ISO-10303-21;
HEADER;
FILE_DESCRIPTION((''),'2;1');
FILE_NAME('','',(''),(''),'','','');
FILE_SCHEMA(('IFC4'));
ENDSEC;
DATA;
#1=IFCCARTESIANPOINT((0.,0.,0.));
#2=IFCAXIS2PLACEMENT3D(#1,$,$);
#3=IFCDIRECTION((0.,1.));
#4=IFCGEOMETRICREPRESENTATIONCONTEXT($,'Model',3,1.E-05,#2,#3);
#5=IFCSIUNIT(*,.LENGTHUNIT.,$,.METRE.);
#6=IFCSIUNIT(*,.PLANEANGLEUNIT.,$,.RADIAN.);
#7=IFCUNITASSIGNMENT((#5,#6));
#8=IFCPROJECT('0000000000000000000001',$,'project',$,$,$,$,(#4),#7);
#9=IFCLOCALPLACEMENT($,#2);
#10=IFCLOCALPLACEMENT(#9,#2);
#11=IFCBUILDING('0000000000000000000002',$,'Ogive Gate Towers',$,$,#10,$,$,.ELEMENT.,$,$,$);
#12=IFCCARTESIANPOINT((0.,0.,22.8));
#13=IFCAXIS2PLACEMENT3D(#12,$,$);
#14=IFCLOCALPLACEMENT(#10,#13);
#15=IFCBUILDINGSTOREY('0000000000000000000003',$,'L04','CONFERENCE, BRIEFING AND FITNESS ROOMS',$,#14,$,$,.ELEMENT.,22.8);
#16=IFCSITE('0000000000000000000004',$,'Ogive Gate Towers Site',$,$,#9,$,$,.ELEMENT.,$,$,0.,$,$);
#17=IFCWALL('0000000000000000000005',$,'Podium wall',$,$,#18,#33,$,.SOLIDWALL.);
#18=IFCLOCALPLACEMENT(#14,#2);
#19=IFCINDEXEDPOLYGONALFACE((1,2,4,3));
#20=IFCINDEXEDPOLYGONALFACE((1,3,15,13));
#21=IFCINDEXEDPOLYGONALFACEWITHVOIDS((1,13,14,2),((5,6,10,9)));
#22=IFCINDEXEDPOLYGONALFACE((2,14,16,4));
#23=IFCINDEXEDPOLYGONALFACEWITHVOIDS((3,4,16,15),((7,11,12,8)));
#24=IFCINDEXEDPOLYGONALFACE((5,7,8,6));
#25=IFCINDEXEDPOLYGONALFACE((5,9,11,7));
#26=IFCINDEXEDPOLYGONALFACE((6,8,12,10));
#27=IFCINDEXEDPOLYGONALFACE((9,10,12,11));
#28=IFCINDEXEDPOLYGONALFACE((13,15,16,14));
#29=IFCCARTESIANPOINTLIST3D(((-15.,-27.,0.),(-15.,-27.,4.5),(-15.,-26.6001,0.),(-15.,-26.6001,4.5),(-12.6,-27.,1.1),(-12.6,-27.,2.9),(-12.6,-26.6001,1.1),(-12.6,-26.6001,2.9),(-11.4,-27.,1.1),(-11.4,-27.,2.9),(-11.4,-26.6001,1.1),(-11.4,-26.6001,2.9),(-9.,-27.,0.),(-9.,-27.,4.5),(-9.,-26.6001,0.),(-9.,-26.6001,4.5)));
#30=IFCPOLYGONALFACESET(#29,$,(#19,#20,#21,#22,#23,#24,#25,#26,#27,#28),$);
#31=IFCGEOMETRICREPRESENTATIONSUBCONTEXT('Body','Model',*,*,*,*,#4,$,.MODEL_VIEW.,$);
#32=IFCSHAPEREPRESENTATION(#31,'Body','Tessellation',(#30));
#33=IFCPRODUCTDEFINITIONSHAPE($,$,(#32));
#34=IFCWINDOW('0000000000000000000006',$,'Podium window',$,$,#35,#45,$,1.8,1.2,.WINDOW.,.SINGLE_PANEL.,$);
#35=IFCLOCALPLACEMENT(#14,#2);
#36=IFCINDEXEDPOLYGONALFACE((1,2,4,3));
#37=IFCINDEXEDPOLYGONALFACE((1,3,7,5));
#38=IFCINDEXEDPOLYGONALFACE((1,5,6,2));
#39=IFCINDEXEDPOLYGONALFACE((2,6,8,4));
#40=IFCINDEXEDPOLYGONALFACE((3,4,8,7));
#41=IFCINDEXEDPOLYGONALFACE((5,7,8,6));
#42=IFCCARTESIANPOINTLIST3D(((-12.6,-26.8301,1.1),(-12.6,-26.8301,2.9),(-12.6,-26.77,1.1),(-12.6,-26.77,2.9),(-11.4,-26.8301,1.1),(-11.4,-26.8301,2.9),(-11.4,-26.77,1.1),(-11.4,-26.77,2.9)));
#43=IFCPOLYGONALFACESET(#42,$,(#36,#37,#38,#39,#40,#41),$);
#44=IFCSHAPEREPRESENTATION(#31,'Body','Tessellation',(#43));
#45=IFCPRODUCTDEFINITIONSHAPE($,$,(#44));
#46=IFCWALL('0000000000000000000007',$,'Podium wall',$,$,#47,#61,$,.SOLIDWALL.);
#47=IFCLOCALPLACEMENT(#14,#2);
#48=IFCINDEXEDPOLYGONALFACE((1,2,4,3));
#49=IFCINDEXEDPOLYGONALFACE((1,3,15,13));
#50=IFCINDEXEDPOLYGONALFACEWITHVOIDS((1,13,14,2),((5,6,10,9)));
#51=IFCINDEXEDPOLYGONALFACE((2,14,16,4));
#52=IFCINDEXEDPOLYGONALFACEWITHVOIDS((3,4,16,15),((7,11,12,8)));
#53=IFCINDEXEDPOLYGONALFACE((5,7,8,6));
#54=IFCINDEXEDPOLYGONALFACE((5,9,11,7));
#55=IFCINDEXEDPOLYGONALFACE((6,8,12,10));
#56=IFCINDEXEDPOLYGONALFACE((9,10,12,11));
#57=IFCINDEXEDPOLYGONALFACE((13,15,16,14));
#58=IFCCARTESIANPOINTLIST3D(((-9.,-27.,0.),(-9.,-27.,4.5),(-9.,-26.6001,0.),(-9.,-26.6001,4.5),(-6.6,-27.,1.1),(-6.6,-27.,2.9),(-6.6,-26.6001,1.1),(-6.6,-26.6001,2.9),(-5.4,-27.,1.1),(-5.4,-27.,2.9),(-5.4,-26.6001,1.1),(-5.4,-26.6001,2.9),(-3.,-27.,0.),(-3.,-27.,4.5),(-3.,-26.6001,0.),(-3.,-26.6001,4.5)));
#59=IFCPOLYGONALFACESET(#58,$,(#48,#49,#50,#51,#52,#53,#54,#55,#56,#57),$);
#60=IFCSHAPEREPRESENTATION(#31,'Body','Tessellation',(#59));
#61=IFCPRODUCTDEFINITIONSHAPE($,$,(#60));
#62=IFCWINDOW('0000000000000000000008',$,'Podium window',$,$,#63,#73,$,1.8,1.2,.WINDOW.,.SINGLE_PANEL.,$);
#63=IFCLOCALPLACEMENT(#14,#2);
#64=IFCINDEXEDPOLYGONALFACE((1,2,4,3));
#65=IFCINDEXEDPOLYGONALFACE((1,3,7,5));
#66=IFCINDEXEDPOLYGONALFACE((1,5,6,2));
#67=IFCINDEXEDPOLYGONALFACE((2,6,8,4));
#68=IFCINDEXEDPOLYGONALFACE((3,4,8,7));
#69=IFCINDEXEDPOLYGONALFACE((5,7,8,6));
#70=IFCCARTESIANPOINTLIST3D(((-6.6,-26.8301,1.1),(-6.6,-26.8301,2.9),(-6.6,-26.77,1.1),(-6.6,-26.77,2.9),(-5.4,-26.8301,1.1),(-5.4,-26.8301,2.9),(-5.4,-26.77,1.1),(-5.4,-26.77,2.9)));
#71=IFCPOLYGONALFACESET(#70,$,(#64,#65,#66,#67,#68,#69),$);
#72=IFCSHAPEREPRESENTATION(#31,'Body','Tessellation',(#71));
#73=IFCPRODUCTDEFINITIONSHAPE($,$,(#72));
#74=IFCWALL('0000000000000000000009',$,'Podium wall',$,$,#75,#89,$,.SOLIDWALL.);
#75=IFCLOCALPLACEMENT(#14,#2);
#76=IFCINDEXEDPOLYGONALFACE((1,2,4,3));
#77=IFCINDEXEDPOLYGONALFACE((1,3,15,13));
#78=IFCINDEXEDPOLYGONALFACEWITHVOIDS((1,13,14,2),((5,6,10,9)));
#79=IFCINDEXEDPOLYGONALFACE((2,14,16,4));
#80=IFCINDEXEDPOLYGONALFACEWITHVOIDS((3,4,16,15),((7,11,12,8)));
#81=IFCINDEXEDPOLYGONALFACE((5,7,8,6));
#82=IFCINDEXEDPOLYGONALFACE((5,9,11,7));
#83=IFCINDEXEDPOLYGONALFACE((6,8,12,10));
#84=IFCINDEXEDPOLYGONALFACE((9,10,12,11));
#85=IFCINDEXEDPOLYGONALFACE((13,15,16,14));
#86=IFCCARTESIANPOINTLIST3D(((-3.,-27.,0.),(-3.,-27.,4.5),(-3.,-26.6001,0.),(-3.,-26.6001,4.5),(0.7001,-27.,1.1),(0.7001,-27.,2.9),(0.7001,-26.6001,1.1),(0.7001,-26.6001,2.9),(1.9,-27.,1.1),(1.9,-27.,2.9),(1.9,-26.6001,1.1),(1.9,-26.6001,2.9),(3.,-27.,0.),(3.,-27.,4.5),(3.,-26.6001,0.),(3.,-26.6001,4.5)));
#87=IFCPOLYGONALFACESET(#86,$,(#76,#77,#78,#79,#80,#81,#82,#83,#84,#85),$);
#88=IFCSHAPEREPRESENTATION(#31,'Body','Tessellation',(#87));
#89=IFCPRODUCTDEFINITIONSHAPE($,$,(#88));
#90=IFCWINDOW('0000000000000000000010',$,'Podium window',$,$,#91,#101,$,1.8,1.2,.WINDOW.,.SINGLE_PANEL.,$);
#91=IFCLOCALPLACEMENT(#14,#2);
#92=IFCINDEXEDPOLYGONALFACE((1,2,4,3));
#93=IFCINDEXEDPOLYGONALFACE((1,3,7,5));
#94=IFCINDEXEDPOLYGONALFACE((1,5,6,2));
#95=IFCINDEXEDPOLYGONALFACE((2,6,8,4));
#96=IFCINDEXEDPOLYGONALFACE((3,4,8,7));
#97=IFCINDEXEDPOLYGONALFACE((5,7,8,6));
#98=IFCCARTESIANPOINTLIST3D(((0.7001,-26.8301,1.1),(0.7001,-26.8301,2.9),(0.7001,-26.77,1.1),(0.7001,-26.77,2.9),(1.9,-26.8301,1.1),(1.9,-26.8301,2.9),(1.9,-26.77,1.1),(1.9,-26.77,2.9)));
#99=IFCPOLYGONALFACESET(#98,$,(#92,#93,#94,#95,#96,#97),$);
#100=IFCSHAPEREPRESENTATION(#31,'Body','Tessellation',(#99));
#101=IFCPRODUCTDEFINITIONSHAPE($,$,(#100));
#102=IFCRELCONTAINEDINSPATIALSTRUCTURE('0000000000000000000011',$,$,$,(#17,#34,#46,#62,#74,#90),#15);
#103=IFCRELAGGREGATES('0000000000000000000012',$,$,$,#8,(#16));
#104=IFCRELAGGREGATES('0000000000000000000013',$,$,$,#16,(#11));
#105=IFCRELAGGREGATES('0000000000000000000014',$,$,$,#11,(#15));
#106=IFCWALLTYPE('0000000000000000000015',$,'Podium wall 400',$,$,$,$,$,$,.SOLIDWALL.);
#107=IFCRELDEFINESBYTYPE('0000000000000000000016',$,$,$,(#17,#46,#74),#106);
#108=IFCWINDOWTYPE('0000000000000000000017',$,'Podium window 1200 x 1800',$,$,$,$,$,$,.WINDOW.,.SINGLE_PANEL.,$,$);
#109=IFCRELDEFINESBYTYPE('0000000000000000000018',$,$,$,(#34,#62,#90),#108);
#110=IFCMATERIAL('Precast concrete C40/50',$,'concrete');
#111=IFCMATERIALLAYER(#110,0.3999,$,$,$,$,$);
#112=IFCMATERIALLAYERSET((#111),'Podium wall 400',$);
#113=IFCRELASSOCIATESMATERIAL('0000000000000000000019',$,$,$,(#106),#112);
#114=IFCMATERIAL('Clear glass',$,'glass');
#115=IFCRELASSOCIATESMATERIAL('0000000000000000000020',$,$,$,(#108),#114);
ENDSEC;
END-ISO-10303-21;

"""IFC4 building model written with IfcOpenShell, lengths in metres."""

from ifc_helpers import new_model, si_unit, direction, frame, frame_2d, origin, place, context, subcontext, project, spatial, rectangle, extrude, material, layer, layer_set, type_object, element, fill, save


model = new_model("IFC4")

# Units and contexts
model_context = context("Model", 3, precision=1e-05, world=origin(), true_north=direction((0.0, 1.0)))
body_context = subcontext(model_context, "Body", "Model", "MODEL_VIEW")
ifc_project = project(units=[si_unit("LENGTHUNIT", "METRE"), si_unit("PLANEANGLEUNIT", "RADIAN")], contexts=[model_context])

# Site, building, storey
site_placement = place(None, origin())
site = spatial("IfcSite", under=ifc_project, at=site_placement, Name="Ogive Gate Towers Site", CompositionType="ELEMENT", RefElevation=0.0)
building_placement = place(site_placement, origin())
building = spatial("IfcBuilding", under=site, at=building_placement, Name="Ogive Gate Towers", CompositionType="ELEMENT")
storey_placement = place(building_placement, frame((0.0, 0.0, 22.8)))
storey = spatial("IfcBuildingStorey", under=building, at=storey_placement, Name="L04", Description="CONFERENCE, BRIEFING AND FITNESS ROOMS", CompositionType="ELEMENT", Elevation=22.8)

# Walls, openings, windows
ifc_material_1 = material(Name="Precast concrete C40/50", Category="concrete")
ifc_layer_1 = layer(ifc_material_1, 0.3999)
ifc_layer_set_1 = layer_set([ifc_layer_1], Name="Podium wall 400")
wall_type_1 = type_object("IfcWallType", Name="Podium wall 400", PredefinedType="SOLIDWALL", material=ifc_layer_set_1)
wall_1_placement = place(storey_placement, frame((-15.0, -26.8, 0.0), z_axis=(0.0, 0.0, 1.0), x_axis=(1.0, 0.0, 0.0)))
wall_1 = element("IfcWall", 1, at=wall_1_placement, inside=storey, type_object=wall_type_1, Name="Podium wall", PredefinedType="SOLIDWALL", context=body_context, shape_type="SweptSolid", body=[
    extrude(rectangle(XDim=6.0, YDim=0.3999, at=frame_2d((3.0, 0.0))), origin(), (0.0, 0.0, 1.0), 4.5),
])
opening_1_placement = place(wall_1_placement, frame((2.3999, 0.0, 1.1001)))
opening_1 = element("IfcOpeningElement", 2, at=opening_1_placement, cuts=wall_1, PredefinedType="OPENING", context=body_context, shape_type="SweptSolid", body=[
    extrude(rectangle(XDim=1.2, YDim=1.8, at=frame_2d((0.6001, 0.8999))), frame((0.0, 0.21, 0.0), z_axis=(0.0, -1.0, 0.0), x_axis=(1.0, 0.0, 0.0)), (0.0, 0.0, 1.0), 0.4199),
])
ifc_material_2 = material(Name="Clear glass", Category="glass")
window_type = type_object("IfcWindowType", Name="Podium window 1200 x 1800", PartitioningType="SINGLE_PANEL", PredefinedType="WINDOW", material=ifc_material_2)
window_1_placement = place(opening_1_placement, origin())
window_1 = element("IfcWindow", 3, at=window_1_placement, inside=storey, type_object=window_type, Name="Podium window", OverallHeight=1.8, OverallWidth=1.2, PartitioningType="SINGLE_PANEL", PredefinedType="WINDOW", context=body_context, shape_type="SweptSolid", body=[
    extrude(rectangle(XDim=1.2, YDim=1.8, at=frame_2d((0.6001, 0.8999))), frame((0.0, 0.03, 0.0), z_axis=(0.0, -1.0, 0.0), x_axis=(1.0, 0.0, 0.0)), (0.0, 0.0, 1.0), 0.0601),
])
fill(opening_1, window_1)
wall_2_placement = place(storey_placement, frame((-9.0, -26.8, 0.0), z_axis=(0.0, 0.0, 1.0), x_axis=(1.0, 0.0, 0.0)))
wall_2 = element("IfcWall", 4, at=wall_2_placement, inside=storey, type_object=wall_type_1, Name="Podium wall", PredefinedType="SOLIDWALL", context=body_context, shape_type="SweptSolid", body=[
    extrude(rectangle(XDim=6.0, YDim=0.3999, at=frame_2d((3.0, 0.0))), origin(), (0.0, 0.0, 1.0), 4.5),
])
opening_2_placement = place(wall_2_placement, frame((2.3999, 0.0, 1.1001)))
opening_2 = element("IfcOpeningElement", 5, at=opening_2_placement, cuts=wall_2, PredefinedType="OPENING", context=body_context, shape_type="SweptSolid", body=[
    extrude(rectangle(XDim=1.2, YDim=1.8, at=frame_2d((0.6001, 0.8999))), frame((0.0, 0.21, 0.0), z_axis=(0.0, -1.0, 0.0), x_axis=(1.0, 0.0, 0.0)), (0.0, 0.0, 1.0), 0.4199),
])
window_2_placement = place(opening_2_placement, origin())
window_2 = element("IfcWindow", 6, at=window_2_placement, inside=storey, type_object=window_type, Name="Podium window", OverallHeight=1.8, OverallWidth=1.2, PartitioningType="SINGLE_PANEL", PredefinedType="WINDOW", context=body_context, shape_type="SweptSolid", body=[
    extrude(rectangle(XDim=1.2, YDim=1.8, at=frame_2d((0.6001, 0.8999))), frame((0.0, 0.03, 0.0), z_axis=(0.0, -1.0, 0.0), x_axis=(1.0, 0.0, 0.0)), (0.0, 0.0, 1.0), 0.0601),
])
fill(opening_2, window_2)
wall_3_placement = place(storey_placement, frame((-3.0, -26.8, 0.0), z_axis=(0.0, 0.0, 1.0), x_axis=(1.0, 0.0, 0.0)))
wall_3 = element("IfcWall", 7, at=wall_3_placement, inside=storey, type_object=wall_type_1, Name="Podium wall", PredefinedType="SOLIDWALL", context=body_context, shape_type="SweptSolid", body=[
    extrude(rectangle(XDim=6.0, YDim=0.3999, at=frame_2d((3.0, 0.0))), origin(), (0.0, 0.0, 1.0), 4.5),
])
opening_3_placement = place(wall_3_placement, frame((3.7, 0.0, 1.1001)))
opening_3 = element("IfcOpeningElement", 8, at=opening_3_placement, cuts=wall_3, PredefinedType="OPENING", context=body_context, shape_type="SweptSolid", body=[
    extrude(rectangle(XDim=1.2, YDim=1.8, at=frame_2d((0.6001, 0.8999))), frame((0.0, 0.21, 0.0), z_axis=(0.0, -1.0, 0.0), x_axis=(1.0, 0.0, 0.0)), (0.0, 0.0, 1.0), 0.4199),
])
window_3_placement = place(opening_3_placement, origin())
window_3 = element("IfcWindow", 9, at=window_3_placement, inside=storey, type_object=window_type, Name="Podium window", OverallHeight=1.8, OverallWidth=1.2, PartitioningType="SINGLE_PANEL", PredefinedType="WINDOW", context=body_context, shape_type="SweptSolid", body=[
    extrude(rectangle(XDim=1.2, YDim=1.8, at=frame_2d((0.6001, 0.8999))), frame((0.0, 0.03, 0.0), z_axis=(0.0, -1.0, 0.0), x_axis=(1.0, 0.0, 0.0)), (0.0, 0.0, 1.0), 0.0601),
])
fill(opening_3, window_3)

save(model, "model.ifc")
